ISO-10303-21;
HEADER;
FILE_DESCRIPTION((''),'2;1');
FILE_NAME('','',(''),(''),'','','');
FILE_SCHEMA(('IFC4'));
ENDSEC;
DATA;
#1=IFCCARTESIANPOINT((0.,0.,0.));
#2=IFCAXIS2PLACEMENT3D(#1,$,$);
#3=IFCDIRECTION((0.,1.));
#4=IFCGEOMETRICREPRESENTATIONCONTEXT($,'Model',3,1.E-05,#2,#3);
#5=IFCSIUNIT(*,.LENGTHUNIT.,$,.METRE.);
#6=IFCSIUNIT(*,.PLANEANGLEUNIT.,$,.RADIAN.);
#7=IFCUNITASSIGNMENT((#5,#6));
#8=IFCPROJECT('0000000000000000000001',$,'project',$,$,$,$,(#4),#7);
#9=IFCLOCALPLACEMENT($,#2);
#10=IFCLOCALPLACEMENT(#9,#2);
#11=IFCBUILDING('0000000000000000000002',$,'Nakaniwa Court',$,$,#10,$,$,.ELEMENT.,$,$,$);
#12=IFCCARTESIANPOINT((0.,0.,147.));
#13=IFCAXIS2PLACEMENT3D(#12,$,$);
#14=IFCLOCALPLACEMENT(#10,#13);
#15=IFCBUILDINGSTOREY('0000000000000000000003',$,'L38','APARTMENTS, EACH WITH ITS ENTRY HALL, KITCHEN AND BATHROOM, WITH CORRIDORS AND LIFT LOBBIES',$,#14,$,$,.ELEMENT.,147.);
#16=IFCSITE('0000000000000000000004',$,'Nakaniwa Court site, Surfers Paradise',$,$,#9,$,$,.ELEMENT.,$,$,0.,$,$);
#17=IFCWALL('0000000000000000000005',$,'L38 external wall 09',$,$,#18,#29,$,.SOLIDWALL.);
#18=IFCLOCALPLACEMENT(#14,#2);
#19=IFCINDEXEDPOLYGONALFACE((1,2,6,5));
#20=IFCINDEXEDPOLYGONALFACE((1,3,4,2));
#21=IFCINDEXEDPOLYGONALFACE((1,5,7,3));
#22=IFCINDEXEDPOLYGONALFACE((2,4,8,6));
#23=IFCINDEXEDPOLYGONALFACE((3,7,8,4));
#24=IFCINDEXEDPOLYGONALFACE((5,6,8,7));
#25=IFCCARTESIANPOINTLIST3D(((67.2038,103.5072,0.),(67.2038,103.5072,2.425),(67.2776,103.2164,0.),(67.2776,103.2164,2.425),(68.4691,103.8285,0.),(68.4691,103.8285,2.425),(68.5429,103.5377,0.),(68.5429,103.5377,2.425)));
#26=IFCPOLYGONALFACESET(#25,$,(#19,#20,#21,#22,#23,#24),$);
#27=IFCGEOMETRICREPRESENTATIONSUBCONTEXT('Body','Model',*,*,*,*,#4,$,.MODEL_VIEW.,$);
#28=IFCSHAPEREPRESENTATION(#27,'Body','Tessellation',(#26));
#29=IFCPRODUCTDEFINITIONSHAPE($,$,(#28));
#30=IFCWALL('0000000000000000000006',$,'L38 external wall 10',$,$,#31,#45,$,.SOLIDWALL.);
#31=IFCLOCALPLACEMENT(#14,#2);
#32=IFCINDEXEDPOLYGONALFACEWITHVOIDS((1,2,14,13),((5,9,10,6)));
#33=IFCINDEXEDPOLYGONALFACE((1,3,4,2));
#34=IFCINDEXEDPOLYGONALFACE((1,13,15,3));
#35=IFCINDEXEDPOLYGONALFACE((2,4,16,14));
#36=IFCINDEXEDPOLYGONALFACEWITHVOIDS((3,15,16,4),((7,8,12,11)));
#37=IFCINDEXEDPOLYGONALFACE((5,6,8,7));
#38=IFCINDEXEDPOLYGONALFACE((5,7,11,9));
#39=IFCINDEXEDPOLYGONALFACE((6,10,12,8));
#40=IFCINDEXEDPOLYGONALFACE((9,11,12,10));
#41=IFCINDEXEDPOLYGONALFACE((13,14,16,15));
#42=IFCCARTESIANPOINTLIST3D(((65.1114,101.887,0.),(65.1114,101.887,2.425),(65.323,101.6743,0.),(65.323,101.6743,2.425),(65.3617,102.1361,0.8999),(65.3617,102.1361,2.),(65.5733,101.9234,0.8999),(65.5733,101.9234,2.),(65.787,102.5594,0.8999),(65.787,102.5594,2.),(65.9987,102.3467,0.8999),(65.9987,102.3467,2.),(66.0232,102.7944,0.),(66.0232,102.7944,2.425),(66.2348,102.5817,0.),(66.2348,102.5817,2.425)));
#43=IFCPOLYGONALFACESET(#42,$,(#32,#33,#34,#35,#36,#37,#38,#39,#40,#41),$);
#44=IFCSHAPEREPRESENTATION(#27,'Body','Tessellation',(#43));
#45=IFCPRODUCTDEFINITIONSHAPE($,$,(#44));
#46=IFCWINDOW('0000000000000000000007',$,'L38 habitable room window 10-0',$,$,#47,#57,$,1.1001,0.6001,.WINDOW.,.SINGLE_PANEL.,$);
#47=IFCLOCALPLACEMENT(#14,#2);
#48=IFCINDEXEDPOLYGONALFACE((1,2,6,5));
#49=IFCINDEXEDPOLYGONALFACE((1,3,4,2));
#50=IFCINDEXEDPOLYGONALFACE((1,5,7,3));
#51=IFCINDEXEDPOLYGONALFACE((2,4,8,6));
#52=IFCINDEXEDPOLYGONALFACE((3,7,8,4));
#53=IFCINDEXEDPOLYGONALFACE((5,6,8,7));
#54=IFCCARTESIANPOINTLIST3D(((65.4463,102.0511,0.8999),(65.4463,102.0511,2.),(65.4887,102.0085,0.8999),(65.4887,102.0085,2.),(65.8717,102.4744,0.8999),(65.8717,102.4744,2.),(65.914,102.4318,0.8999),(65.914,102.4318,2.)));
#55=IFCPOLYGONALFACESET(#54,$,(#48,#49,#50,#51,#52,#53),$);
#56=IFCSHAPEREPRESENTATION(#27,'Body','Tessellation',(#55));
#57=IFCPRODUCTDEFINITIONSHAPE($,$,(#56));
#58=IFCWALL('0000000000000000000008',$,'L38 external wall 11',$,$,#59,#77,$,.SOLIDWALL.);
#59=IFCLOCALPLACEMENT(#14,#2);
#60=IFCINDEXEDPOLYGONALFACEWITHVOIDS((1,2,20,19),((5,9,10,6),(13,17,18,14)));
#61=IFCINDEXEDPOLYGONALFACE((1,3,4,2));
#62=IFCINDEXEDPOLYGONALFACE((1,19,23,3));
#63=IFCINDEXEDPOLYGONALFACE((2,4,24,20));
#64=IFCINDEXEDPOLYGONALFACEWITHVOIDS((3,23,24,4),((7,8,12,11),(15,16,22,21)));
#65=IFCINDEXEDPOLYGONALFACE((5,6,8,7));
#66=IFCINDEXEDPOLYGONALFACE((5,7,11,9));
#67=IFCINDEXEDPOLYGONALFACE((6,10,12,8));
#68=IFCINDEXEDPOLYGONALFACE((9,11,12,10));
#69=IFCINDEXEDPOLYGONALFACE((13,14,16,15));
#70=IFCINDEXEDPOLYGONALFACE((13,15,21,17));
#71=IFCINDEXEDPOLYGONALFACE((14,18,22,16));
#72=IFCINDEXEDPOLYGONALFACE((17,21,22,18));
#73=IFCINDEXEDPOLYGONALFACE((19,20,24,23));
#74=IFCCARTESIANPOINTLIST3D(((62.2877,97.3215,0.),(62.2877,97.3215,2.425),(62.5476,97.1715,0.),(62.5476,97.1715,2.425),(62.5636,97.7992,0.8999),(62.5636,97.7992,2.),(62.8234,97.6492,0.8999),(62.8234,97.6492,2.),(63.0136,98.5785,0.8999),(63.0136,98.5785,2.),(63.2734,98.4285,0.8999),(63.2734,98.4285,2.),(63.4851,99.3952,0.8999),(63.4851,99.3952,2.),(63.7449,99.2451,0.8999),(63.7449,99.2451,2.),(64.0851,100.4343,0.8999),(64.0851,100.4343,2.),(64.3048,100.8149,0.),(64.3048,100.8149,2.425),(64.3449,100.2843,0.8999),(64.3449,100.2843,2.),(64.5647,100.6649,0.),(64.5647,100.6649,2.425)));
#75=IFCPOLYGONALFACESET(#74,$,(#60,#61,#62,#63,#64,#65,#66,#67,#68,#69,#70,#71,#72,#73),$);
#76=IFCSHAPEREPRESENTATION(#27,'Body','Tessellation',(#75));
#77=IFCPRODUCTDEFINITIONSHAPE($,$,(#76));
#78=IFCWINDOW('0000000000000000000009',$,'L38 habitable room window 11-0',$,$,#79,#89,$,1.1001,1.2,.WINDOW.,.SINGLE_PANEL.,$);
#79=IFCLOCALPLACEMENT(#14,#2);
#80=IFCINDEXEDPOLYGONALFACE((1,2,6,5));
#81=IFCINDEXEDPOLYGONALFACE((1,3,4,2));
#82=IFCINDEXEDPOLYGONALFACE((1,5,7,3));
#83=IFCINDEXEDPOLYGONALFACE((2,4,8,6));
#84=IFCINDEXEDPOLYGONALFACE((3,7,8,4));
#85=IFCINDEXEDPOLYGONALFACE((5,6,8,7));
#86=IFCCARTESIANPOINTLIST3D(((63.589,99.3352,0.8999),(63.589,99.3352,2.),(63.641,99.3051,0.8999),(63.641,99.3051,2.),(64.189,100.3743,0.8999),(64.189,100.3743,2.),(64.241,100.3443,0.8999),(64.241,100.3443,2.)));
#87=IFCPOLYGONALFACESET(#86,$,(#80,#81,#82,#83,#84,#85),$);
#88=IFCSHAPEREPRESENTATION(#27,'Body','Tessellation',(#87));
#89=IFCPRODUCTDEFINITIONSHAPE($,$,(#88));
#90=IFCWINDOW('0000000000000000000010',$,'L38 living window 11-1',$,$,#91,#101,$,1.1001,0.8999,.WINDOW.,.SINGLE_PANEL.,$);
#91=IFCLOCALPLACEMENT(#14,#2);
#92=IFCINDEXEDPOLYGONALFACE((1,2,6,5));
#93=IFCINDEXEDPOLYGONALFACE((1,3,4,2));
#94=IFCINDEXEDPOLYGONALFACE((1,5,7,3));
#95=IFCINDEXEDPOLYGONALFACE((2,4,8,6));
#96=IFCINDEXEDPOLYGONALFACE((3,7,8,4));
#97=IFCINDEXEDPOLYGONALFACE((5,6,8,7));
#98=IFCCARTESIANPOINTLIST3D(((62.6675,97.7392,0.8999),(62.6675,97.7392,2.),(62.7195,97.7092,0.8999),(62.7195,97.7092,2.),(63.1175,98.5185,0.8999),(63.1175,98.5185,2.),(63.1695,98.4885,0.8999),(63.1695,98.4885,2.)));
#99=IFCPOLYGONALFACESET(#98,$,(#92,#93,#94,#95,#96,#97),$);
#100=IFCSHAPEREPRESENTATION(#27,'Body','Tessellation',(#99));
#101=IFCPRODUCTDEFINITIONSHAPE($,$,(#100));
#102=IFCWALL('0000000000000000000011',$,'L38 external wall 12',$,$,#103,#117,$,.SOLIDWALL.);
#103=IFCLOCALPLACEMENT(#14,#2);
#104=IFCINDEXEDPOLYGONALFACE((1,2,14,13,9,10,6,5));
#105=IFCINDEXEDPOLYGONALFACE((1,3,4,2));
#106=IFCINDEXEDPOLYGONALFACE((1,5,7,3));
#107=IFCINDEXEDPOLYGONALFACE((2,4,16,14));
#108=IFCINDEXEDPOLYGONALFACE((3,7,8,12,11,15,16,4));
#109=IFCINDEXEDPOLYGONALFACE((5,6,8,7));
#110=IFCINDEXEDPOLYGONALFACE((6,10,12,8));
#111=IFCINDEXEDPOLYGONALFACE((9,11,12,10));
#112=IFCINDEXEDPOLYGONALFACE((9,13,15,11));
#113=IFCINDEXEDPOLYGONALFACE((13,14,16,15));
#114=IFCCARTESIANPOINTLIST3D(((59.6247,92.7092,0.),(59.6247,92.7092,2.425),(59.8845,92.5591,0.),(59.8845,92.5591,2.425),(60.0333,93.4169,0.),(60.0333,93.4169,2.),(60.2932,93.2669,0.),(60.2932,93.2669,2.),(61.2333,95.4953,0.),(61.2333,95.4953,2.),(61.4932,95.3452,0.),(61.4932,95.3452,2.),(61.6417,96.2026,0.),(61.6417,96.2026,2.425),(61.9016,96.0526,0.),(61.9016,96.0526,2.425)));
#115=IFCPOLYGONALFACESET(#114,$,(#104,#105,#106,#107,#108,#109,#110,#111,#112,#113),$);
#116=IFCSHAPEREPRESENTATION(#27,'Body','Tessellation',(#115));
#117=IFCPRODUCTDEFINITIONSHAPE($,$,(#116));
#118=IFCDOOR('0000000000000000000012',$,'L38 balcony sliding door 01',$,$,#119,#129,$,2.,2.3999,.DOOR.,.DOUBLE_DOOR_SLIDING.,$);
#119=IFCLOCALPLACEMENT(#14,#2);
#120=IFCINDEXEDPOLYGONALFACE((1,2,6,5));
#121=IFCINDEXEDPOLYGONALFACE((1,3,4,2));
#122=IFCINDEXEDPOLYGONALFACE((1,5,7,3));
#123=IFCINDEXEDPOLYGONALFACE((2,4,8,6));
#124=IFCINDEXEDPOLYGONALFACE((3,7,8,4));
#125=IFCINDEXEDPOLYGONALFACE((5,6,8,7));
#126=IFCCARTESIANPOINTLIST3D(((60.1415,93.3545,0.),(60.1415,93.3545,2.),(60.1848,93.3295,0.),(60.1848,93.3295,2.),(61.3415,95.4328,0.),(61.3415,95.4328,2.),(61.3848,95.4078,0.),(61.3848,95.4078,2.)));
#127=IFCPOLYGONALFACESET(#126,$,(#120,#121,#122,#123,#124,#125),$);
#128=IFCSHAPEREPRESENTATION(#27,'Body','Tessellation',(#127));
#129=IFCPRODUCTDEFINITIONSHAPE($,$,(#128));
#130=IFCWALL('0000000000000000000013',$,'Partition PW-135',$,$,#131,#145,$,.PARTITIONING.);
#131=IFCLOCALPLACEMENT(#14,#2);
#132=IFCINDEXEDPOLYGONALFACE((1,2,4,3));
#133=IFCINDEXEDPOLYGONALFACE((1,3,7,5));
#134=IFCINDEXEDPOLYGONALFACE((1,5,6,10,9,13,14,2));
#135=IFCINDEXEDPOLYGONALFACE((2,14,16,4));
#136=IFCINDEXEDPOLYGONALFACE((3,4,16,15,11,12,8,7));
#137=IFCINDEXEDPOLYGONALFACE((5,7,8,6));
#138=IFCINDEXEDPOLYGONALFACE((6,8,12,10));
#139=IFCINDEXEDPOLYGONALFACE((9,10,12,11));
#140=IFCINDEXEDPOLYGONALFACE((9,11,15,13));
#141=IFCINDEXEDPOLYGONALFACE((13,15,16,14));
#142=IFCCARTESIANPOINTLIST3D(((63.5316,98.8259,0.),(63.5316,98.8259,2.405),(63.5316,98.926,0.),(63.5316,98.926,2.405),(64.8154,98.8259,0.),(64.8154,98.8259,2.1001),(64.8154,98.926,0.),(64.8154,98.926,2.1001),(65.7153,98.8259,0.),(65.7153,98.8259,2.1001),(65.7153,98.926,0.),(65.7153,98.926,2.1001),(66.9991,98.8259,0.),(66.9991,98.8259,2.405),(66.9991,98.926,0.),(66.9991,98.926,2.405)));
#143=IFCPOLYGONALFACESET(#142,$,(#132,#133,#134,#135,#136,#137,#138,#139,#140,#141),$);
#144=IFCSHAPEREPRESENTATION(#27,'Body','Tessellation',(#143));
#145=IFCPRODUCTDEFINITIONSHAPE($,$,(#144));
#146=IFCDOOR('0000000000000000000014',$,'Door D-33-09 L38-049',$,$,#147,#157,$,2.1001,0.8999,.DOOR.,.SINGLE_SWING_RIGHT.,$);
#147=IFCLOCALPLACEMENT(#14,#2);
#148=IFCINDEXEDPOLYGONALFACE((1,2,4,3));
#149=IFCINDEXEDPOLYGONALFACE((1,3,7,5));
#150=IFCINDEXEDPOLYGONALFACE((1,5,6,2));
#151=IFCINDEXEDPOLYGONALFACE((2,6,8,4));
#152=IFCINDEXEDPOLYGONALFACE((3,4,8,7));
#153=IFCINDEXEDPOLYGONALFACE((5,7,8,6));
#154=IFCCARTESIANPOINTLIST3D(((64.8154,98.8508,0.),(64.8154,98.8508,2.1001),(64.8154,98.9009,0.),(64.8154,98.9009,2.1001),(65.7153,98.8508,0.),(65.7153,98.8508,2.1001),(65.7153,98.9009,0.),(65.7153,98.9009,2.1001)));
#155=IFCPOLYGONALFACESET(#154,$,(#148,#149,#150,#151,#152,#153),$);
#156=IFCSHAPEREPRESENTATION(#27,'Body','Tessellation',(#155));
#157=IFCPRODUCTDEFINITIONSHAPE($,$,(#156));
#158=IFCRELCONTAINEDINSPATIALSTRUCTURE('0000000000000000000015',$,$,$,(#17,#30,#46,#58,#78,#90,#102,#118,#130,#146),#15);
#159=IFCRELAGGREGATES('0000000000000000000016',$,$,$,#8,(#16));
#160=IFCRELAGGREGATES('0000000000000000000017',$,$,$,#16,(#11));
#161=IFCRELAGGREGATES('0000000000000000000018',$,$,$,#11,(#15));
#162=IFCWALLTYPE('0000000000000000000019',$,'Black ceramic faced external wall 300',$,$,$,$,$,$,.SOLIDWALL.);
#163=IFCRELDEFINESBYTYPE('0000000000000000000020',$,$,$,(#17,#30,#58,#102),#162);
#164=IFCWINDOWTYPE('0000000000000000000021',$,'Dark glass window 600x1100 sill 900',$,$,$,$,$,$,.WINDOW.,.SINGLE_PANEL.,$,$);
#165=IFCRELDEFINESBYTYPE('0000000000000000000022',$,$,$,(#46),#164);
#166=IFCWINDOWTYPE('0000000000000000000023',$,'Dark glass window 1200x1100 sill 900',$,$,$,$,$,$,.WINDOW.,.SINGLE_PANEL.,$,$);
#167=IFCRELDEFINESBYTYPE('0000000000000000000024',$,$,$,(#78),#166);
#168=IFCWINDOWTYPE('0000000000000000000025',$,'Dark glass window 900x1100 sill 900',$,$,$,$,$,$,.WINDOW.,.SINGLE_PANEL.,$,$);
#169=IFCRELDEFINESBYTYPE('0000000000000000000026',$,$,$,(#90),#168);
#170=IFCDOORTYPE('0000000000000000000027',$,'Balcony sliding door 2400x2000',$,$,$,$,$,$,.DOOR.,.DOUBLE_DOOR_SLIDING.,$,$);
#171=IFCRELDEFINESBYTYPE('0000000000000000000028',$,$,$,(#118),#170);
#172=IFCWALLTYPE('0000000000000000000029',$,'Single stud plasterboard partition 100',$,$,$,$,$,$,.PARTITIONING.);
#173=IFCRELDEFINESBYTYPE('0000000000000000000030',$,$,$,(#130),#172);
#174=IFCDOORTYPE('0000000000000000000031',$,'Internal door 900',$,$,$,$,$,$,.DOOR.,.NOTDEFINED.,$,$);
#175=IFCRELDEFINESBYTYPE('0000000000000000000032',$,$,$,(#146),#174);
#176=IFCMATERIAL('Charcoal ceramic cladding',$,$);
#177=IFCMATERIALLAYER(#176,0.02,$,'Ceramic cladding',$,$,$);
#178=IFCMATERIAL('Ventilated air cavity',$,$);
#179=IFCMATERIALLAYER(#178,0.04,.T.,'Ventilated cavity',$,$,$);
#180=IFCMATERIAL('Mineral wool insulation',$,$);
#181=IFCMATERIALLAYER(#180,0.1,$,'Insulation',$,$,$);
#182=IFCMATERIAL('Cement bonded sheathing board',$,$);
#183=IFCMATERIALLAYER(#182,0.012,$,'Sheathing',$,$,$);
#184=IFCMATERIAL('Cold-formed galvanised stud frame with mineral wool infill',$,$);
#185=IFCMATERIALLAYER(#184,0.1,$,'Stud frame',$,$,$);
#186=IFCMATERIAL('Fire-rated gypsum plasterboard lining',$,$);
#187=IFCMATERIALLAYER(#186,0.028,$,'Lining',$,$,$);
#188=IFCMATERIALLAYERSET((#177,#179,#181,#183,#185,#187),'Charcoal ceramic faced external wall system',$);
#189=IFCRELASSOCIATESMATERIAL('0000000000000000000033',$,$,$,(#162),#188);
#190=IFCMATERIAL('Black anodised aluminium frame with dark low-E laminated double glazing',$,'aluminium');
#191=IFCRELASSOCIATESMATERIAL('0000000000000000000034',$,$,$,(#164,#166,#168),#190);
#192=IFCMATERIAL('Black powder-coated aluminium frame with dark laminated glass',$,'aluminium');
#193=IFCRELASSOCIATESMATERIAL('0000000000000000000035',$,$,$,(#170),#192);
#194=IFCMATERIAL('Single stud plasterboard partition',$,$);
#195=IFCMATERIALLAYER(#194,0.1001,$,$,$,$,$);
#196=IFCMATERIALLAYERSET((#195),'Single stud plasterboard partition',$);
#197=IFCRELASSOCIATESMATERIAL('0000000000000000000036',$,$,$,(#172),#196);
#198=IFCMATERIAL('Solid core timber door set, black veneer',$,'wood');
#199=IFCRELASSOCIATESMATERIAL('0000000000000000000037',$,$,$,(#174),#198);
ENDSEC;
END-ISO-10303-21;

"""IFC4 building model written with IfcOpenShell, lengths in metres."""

from ifc_helpers import new_model, si_unit, direction, frame, frame_2d, origin, place, context, subcontext, project, spatial, rectangle, extrude, material, layer, layer_set, type_object, element, fill, save


model = new_model("IFC4")

# Units and contexts
model_context = context("Model", 3, precision=1e-05, world=origin(), true_north=direction((0.0, 1.0)))
body_context = subcontext(model_context, "Body", "Model", "MODEL_VIEW")
ifc_project = project(units=[si_unit("LENGTHUNIT", "METRE"), si_unit("PLANEANGLEUNIT", "RADIAN")], contexts=[model_context])

# Site, building, storey
site_placement = place(None, origin())
site = spatial("IfcSite", under=ifc_project, at=site_placement, Name="Nakaniwa Court site, Surfers Paradise", CompositionType="ELEMENT", RefElevation=0.0)
building_placement = place(site_placement, origin())
building = spatial("IfcBuilding", under=site, at=building_placement, Name="Nakaniwa Court", CompositionType="ELEMENT")
storey_placement = place(building_placement, frame((0.0, 0.0, 147.0)))
storey = spatial("IfcBuildingStorey", under=building, at=storey_placement, Name="L38", Description="APARTMENTS, EACH WITH ITS ENTRY HALL, KITCHEN AND BATHROOM, WITH CORRIDORS AND LIFT LOBBIES", CompositionType="ELEMENT", Elevation=147.0)

# Shared definitions
ifc_material_1 = material(Name="Solid core timber door set, black veneer", Category="wood")

# Wall
ifc_material_2 = material(Name="Charcoal ceramic cladding")
ifc_layer_1 = layer(ifc_material_2, 0.02, Name="Ceramic cladding")
ifc_material_3 = material(Name="Ventilated air cavity")
ifc_layer_2 = layer(ifc_material_3, 0.04, ventilated=True, Name="Ventilated cavity")
ifc_material_4 = material(Name="Mineral wool insulation")
ifc_layer_3 = layer(ifc_material_4, 0.1, Name="Insulation")
ifc_material_5 = material(Name="Cement bonded sheathing board")
ifc_layer_4 = layer(ifc_material_5, 0.012, Name="Sheathing")
ifc_material_6 = material(Name="Cold-formed galvanised stud frame with mineral wool infill")
ifc_layer_5 = layer(ifc_material_6, 0.1, Name="Stud frame")
ifc_material_7 = material(Name="Fire-rated gypsum plasterboard lining")
ifc_layer_6 = layer(ifc_material_7, 0.028, Name="Lining")
ifc_layer_set_1 = layer_set([ifc_layer_1, ifc_layer_2, ifc_layer_3, ifc_layer_4, ifc_layer_5, ifc_layer_6], Name="Charcoal ceramic faced external wall system")
wall_type_1 = type_object("IfcWallType", Name="Black ceramic faced external wall 300", PredefinedType="SOLIDWALL", material=ifc_layer_set_1)
wall_1_placement = place(storey_placement, frame((68.5061, 103.6831, 0.0), z_axis=(0.0, 0.0, 1.0), x_axis=(-0.969245, -0.246098, 0.0)))
element("IfcWall", 1, at=wall_1_placement, inside=storey, type_object=wall_type_1, Name="L38 external wall 09", PredefinedType="SOLIDWALL", context=body_context, shape_type="SweptSolid", body=[
    extrude(rectangle(XDim=1.3054, YDim=0.3, at=frame_2d((0.6528, 0.0))), origin(), (0.0, 0.0, 1.0), 2.425),
])

# Wall, opening, window
wall_2_placement = place(storey_placement, frame((66.1289, 102.688, 0.0), z_axis=(0.0, 0.0, 1.0), x_axis=(-0.708813, -0.705397, 0.0)))
wall_2 = element("IfcWall", 2, at=wall_2_placement, inside=storey, type_object=wall_type_1, Name="L38 external wall 10", PredefinedType="SOLIDWALL", context=body_context, shape_type="SweptSolid", body=[
    extrude(rectangle(XDim=1.2864, YDim=0.3, at=frame_2d((0.6431, 0.0))), origin(), (0.0, 0.0, 1.0), 2.425),
])
opening_1_placement = place(wall_2_placement, frame((0.333, 0.0, 0.8999)))
opening_1 = element("IfcOpeningElement", 3, at=opening_1_placement, cuts=wall_2, PredefinedType="OPENING", context=body_context, shape_type="SweptSolid", body=[
    extrude(rectangle(XDim=0.6001, YDim=1.1001, at=frame_2d((0.3, 0.55))), frame((0.0, 0.1599, 0.0), z_axis=(0.0, -1.0, 0.0), x_axis=(1.0, 0.0, 0.0)), (0.0, 0.0, 1.0), 0.3201),
])
ifc_material_8 = material(Name="Black anodised aluminium frame with dark low-E laminated double glazing", Category="aluminium")
window_type_1 = type_object("IfcWindowType", Name="Dark glass window 600x1100 sill 900", PartitioningType="SINGLE_PANEL", PredefinedType="WINDOW", material=ifc_material_8)
window_1_placement = place(opening_1_placement, origin())
window_1 = element("IfcWindow", 4, at=window_1_placement, inside=storey, type_object=window_type_1, Name="L38 habitable room window 10-0", OverallHeight=1.1001, OverallWidth=0.6001, PartitioningType="SINGLE_PANEL", PredefinedType="WINDOW", context=body_context, shape_type="SweptSolid", body=[
    extrude(rectangle(XDim=0.6001, YDim=1.1001, at=frame_2d((0.3, 0.55))), frame((0.0, 0.03, 0.0), z_axis=(0.0, -1.0, 0.0), x_axis=(1.0, 0.0, 0.0)), (0.0, 0.0, 1.0), 0.0601),
])
fill(opening_1, window_1)

# Wall, openings, windows
wall_3_placement = place(storey_placement, frame((64.4348, 100.74, 0.0), z_axis=(0.0, 0.0, 1.0), x_axis=(-0.500032, -0.866007, 0.0)))
wall_3 = element("IfcWall", 5, at=wall_3_placement, inside=storey, type_object=wall_type_1, Name="L38 external wall 11", PredefinedType="SOLIDWALL", context=body_context, shape_type="SweptSolid", body=[
    extrude(rectangle(XDim=4.0339, YDim=0.3, at=frame_2d((2.0171, 0.0))), origin(), (0.0, 0.0, 1.0), 2.425),
])
opening_2_placement = place(wall_3_placement, frame((0.4395, 0.0, 0.8999)))
opening_2 = element("IfcOpeningElement", 6, at=opening_2_placement, cuts=wall_3, PredefinedType="OPENING", context=body_context, shape_type="SweptSolid", body=[
    extrude(rectangle(XDim=1.2, YDim=1.1001, at=frame_2d((0.6001, 0.55))), frame((0.0, 0.1599, 0.0), z_axis=(0.0, -1.0, 0.0), x_axis=(1.0, 0.0, 0.0)), (0.0, 0.0, 1.0), 0.3201),
])
opening_3_placement = place(wall_3_placement, frame((2.5825, 0.0, 0.8999)))
opening_3 = element("IfcOpeningElement", 7, at=opening_3_placement, cuts=wall_3, PredefinedType="OPENING", context=body_context, shape_type="SweptSolid", body=[
    extrude(rectangle(XDim=0.8999, YDim=1.1001, at=frame_2d((0.45, 0.55))), frame((0.0, 0.1599, 0.0), z_axis=(0.0, -1.0, 0.0), x_axis=(1.0, 0.0, 0.0)), (0.0, 0.0, 1.0), 0.3201),
])
window_type_2 = type_object("IfcWindowType", Name="Dark glass window 1200x1100 sill 900", PartitioningType="SINGLE_PANEL", PredefinedType="WINDOW", material=ifc_material_8)
window_2_placement = place(opening_2_placement, origin())
window_2 = element("IfcWindow", 8, at=window_2_placement, inside=storey, type_object=window_type_2, Name="L38 habitable room window 11-0", OverallHeight=1.1001, OverallWidth=1.2, PartitioningType="SINGLE_PANEL", PredefinedType="WINDOW", context=body_context, shape_type="SweptSolid", body=[
    extrude(rectangle(XDim=1.2, YDim=1.1001, at=frame_2d((0.6001, 0.55))), frame((0.0, 0.03, 0.0), z_axis=(0.0, -1.0, 0.0), x_axis=(1.0, 0.0, 0.0)), (0.0, 0.0, 1.0), 0.0601),
])
fill(opening_2, window_2)
window_type_3 = type_object("IfcWindowType", Name="Dark glass window 900x1100 sill 900", PartitioningType="SINGLE_PANEL", PredefinedType="WINDOW", material=ifc_material_8)
window_3_placement = place(opening_3_placement, origin())
window_3 = element("IfcWindow", 9, at=window_3_placement, inside=storey, type_object=window_type_3, Name="L38 living window 11-1", OverallHeight=1.1001, OverallWidth=0.8999, PartitioningType="SINGLE_PANEL", PredefinedType="WINDOW", context=body_context, shape_type="SweptSolid", body=[
    extrude(rectangle(XDim=0.8999, YDim=1.1001, at=frame_2d((0.45, 0.55))), frame((0.0, 0.03, 0.0), z_axis=(0.0, -1.0, 0.0), x_axis=(1.0, 0.0, 0.0)), (0.0, 0.0, 1.0), 0.0601),
])
fill(opening_3, window_3)

# Walls, openings, doors
wall_4_placement = place(storey_placement, frame((61.7717, 96.1277, 0.0), z_axis=(0.0, 0.0, 1.0), x_axis=(-0.500032, -0.866007, 0.0)))
wall_4 = element("IfcWall", 10, at=wall_4_placement, inside=storey, type_object=wall_type_1, Name="L38 external wall 12", PredefinedType="SOLIDWALL", context=body_context, shape_type="SweptSolid", body=[
    extrude(rectangle(XDim=4.0339, YDim=0.3, at=frame_2d((2.0171, 0.0))), origin(), (0.0, 0.0, 1.0), 2.425),
])
opening_4_placement = place(wall_4_placement, frame((0.8169, 0.0, 0.0)))
opening_4 = element("IfcOpeningElement", 11, at=opening_4_placement, cuts=wall_4, PredefinedType="OPENING", context=body_context, shape_type="SweptSolid", body=[
    extrude(rectangle(XDim=2.3999, YDim=2.0, at=frame_2d((1.2, 1.0))), frame((0.0, 0.1599, 0.0), z_axis=(0.0, -1.0, 0.0), x_axis=(1.0, 0.0, 0.0)), (0.0, 0.0, 1.0), 0.3201),
])
ifc_material_9 = material(Name="Black powder-coated aluminium frame with dark laminated glass", Category="aluminium")
door_type_1 = type_object("IfcDoorType", Name="Balcony sliding door 2400x2000", OperationType="DOUBLE_DOOR_SLIDING", PredefinedType="DOOR", material=ifc_material_9)
door_1_placement = place(opening_4_placement, origin())
door_1 = element("IfcDoor", 12, at=door_1_placement, inside=storey, type_object=door_type_1, Name="L38 balcony sliding door 01", OperationType="DOUBLE_DOOR_SLIDING", OverallHeight=2.0, OverallWidth=2.3999, PredefinedType="DOOR", context=body_context, shape_type="SweptSolid", body=[
    extrude(rectangle(XDim=2.3999, YDim=2.0, at=frame_2d((1.2, 1.0))), frame((0.0, 0.0249, 0.0), z_axis=(0.0, -1.0, 0.0), x_axis=(1.0, 0.0, 0.0)), (0.0, 0.0, 1.0), 0.05),
])
fill(opening_4, door_1)
ifc_material_10 = material(Name="Single stud plasterboard partition")
ifc_layer_7 = layer(ifc_material_10, 0.1001)
ifc_layer_set_2 = layer_set([ifc_layer_7], Name="Single stud plasterboard partition")
wall_type_2 = type_object("IfcWallType", Name="Single stud plasterboard partition 100", PredefinedType="PARTITIONING", material=ifc_layer_set_2)
wall_5_placement = place(storey_placement, frame((63.5315, 98.876, 0.0), z_axis=(0.0, 0.0, 1.0), x_axis=(1.0, 0.0, 0.0)))
wall_5 = element("IfcWall", 13, at=wall_5_placement, inside=storey, type_object=wall_type_2, Name="Partition PW-135", PredefinedType="PARTITIONING", context=body_context, shape_type="SweptSolid", body=[
    extrude(rectangle(XDim=3.4675, YDim=0.1001, at=frame_2d((1.7339, 0.0))), origin(), (0.0, 0.0, 1.0), 2.405),
])
opening_5_placement = place(wall_5_placement, frame((1.2839, 0.0, 0.0)))
opening_5 = element("IfcOpeningElement", 14, at=opening_5_placement, cuts=wall_5, PredefinedType="OPENING", context=body_context, shape_type="SweptSolid", body=[
    extrude(rectangle(XDim=0.8999, YDim=2.1001, at=frame_2d((0.45, 1.05))), frame((0.0, 0.0601, 0.0), z_axis=(0.0, -1.0, 0.0), x_axis=(1.0, 0.0, 0.0)), (0.0, 0.0, 1.0), 0.1201),
])
door_type_2 = type_object("IfcDoorType", Name="Internal door 900", OperationType="NOTDEFINED", PredefinedType="DOOR", material=ifc_material_1)
door_2_placement = place(opening_5_placement, origin())
door_2 = element("IfcDoor", 15, at=door_2_placement, inside=storey, type_object=door_type_2, Name="Door D-33-09 L38-049", OperationType="SINGLE_SWING_RIGHT", OverallHeight=2.1001, OverallWidth=0.8999, PredefinedType="DOOR", context=body_context, shape_type="SweptSolid", body=[
    extrude(rectangle(XDim=0.8999, YDim=2.1001, at=frame_2d((0.45, 1.05))), frame((0.0, 0.0249, 0.0), z_axis=(0.0, -1.0, 0.0), x_axis=(1.0, 0.0, 0.0)), (0.0, 0.0, 1.0), 0.05),
])
fill(opening_5, door_2)

save(model, "model.ifc")
